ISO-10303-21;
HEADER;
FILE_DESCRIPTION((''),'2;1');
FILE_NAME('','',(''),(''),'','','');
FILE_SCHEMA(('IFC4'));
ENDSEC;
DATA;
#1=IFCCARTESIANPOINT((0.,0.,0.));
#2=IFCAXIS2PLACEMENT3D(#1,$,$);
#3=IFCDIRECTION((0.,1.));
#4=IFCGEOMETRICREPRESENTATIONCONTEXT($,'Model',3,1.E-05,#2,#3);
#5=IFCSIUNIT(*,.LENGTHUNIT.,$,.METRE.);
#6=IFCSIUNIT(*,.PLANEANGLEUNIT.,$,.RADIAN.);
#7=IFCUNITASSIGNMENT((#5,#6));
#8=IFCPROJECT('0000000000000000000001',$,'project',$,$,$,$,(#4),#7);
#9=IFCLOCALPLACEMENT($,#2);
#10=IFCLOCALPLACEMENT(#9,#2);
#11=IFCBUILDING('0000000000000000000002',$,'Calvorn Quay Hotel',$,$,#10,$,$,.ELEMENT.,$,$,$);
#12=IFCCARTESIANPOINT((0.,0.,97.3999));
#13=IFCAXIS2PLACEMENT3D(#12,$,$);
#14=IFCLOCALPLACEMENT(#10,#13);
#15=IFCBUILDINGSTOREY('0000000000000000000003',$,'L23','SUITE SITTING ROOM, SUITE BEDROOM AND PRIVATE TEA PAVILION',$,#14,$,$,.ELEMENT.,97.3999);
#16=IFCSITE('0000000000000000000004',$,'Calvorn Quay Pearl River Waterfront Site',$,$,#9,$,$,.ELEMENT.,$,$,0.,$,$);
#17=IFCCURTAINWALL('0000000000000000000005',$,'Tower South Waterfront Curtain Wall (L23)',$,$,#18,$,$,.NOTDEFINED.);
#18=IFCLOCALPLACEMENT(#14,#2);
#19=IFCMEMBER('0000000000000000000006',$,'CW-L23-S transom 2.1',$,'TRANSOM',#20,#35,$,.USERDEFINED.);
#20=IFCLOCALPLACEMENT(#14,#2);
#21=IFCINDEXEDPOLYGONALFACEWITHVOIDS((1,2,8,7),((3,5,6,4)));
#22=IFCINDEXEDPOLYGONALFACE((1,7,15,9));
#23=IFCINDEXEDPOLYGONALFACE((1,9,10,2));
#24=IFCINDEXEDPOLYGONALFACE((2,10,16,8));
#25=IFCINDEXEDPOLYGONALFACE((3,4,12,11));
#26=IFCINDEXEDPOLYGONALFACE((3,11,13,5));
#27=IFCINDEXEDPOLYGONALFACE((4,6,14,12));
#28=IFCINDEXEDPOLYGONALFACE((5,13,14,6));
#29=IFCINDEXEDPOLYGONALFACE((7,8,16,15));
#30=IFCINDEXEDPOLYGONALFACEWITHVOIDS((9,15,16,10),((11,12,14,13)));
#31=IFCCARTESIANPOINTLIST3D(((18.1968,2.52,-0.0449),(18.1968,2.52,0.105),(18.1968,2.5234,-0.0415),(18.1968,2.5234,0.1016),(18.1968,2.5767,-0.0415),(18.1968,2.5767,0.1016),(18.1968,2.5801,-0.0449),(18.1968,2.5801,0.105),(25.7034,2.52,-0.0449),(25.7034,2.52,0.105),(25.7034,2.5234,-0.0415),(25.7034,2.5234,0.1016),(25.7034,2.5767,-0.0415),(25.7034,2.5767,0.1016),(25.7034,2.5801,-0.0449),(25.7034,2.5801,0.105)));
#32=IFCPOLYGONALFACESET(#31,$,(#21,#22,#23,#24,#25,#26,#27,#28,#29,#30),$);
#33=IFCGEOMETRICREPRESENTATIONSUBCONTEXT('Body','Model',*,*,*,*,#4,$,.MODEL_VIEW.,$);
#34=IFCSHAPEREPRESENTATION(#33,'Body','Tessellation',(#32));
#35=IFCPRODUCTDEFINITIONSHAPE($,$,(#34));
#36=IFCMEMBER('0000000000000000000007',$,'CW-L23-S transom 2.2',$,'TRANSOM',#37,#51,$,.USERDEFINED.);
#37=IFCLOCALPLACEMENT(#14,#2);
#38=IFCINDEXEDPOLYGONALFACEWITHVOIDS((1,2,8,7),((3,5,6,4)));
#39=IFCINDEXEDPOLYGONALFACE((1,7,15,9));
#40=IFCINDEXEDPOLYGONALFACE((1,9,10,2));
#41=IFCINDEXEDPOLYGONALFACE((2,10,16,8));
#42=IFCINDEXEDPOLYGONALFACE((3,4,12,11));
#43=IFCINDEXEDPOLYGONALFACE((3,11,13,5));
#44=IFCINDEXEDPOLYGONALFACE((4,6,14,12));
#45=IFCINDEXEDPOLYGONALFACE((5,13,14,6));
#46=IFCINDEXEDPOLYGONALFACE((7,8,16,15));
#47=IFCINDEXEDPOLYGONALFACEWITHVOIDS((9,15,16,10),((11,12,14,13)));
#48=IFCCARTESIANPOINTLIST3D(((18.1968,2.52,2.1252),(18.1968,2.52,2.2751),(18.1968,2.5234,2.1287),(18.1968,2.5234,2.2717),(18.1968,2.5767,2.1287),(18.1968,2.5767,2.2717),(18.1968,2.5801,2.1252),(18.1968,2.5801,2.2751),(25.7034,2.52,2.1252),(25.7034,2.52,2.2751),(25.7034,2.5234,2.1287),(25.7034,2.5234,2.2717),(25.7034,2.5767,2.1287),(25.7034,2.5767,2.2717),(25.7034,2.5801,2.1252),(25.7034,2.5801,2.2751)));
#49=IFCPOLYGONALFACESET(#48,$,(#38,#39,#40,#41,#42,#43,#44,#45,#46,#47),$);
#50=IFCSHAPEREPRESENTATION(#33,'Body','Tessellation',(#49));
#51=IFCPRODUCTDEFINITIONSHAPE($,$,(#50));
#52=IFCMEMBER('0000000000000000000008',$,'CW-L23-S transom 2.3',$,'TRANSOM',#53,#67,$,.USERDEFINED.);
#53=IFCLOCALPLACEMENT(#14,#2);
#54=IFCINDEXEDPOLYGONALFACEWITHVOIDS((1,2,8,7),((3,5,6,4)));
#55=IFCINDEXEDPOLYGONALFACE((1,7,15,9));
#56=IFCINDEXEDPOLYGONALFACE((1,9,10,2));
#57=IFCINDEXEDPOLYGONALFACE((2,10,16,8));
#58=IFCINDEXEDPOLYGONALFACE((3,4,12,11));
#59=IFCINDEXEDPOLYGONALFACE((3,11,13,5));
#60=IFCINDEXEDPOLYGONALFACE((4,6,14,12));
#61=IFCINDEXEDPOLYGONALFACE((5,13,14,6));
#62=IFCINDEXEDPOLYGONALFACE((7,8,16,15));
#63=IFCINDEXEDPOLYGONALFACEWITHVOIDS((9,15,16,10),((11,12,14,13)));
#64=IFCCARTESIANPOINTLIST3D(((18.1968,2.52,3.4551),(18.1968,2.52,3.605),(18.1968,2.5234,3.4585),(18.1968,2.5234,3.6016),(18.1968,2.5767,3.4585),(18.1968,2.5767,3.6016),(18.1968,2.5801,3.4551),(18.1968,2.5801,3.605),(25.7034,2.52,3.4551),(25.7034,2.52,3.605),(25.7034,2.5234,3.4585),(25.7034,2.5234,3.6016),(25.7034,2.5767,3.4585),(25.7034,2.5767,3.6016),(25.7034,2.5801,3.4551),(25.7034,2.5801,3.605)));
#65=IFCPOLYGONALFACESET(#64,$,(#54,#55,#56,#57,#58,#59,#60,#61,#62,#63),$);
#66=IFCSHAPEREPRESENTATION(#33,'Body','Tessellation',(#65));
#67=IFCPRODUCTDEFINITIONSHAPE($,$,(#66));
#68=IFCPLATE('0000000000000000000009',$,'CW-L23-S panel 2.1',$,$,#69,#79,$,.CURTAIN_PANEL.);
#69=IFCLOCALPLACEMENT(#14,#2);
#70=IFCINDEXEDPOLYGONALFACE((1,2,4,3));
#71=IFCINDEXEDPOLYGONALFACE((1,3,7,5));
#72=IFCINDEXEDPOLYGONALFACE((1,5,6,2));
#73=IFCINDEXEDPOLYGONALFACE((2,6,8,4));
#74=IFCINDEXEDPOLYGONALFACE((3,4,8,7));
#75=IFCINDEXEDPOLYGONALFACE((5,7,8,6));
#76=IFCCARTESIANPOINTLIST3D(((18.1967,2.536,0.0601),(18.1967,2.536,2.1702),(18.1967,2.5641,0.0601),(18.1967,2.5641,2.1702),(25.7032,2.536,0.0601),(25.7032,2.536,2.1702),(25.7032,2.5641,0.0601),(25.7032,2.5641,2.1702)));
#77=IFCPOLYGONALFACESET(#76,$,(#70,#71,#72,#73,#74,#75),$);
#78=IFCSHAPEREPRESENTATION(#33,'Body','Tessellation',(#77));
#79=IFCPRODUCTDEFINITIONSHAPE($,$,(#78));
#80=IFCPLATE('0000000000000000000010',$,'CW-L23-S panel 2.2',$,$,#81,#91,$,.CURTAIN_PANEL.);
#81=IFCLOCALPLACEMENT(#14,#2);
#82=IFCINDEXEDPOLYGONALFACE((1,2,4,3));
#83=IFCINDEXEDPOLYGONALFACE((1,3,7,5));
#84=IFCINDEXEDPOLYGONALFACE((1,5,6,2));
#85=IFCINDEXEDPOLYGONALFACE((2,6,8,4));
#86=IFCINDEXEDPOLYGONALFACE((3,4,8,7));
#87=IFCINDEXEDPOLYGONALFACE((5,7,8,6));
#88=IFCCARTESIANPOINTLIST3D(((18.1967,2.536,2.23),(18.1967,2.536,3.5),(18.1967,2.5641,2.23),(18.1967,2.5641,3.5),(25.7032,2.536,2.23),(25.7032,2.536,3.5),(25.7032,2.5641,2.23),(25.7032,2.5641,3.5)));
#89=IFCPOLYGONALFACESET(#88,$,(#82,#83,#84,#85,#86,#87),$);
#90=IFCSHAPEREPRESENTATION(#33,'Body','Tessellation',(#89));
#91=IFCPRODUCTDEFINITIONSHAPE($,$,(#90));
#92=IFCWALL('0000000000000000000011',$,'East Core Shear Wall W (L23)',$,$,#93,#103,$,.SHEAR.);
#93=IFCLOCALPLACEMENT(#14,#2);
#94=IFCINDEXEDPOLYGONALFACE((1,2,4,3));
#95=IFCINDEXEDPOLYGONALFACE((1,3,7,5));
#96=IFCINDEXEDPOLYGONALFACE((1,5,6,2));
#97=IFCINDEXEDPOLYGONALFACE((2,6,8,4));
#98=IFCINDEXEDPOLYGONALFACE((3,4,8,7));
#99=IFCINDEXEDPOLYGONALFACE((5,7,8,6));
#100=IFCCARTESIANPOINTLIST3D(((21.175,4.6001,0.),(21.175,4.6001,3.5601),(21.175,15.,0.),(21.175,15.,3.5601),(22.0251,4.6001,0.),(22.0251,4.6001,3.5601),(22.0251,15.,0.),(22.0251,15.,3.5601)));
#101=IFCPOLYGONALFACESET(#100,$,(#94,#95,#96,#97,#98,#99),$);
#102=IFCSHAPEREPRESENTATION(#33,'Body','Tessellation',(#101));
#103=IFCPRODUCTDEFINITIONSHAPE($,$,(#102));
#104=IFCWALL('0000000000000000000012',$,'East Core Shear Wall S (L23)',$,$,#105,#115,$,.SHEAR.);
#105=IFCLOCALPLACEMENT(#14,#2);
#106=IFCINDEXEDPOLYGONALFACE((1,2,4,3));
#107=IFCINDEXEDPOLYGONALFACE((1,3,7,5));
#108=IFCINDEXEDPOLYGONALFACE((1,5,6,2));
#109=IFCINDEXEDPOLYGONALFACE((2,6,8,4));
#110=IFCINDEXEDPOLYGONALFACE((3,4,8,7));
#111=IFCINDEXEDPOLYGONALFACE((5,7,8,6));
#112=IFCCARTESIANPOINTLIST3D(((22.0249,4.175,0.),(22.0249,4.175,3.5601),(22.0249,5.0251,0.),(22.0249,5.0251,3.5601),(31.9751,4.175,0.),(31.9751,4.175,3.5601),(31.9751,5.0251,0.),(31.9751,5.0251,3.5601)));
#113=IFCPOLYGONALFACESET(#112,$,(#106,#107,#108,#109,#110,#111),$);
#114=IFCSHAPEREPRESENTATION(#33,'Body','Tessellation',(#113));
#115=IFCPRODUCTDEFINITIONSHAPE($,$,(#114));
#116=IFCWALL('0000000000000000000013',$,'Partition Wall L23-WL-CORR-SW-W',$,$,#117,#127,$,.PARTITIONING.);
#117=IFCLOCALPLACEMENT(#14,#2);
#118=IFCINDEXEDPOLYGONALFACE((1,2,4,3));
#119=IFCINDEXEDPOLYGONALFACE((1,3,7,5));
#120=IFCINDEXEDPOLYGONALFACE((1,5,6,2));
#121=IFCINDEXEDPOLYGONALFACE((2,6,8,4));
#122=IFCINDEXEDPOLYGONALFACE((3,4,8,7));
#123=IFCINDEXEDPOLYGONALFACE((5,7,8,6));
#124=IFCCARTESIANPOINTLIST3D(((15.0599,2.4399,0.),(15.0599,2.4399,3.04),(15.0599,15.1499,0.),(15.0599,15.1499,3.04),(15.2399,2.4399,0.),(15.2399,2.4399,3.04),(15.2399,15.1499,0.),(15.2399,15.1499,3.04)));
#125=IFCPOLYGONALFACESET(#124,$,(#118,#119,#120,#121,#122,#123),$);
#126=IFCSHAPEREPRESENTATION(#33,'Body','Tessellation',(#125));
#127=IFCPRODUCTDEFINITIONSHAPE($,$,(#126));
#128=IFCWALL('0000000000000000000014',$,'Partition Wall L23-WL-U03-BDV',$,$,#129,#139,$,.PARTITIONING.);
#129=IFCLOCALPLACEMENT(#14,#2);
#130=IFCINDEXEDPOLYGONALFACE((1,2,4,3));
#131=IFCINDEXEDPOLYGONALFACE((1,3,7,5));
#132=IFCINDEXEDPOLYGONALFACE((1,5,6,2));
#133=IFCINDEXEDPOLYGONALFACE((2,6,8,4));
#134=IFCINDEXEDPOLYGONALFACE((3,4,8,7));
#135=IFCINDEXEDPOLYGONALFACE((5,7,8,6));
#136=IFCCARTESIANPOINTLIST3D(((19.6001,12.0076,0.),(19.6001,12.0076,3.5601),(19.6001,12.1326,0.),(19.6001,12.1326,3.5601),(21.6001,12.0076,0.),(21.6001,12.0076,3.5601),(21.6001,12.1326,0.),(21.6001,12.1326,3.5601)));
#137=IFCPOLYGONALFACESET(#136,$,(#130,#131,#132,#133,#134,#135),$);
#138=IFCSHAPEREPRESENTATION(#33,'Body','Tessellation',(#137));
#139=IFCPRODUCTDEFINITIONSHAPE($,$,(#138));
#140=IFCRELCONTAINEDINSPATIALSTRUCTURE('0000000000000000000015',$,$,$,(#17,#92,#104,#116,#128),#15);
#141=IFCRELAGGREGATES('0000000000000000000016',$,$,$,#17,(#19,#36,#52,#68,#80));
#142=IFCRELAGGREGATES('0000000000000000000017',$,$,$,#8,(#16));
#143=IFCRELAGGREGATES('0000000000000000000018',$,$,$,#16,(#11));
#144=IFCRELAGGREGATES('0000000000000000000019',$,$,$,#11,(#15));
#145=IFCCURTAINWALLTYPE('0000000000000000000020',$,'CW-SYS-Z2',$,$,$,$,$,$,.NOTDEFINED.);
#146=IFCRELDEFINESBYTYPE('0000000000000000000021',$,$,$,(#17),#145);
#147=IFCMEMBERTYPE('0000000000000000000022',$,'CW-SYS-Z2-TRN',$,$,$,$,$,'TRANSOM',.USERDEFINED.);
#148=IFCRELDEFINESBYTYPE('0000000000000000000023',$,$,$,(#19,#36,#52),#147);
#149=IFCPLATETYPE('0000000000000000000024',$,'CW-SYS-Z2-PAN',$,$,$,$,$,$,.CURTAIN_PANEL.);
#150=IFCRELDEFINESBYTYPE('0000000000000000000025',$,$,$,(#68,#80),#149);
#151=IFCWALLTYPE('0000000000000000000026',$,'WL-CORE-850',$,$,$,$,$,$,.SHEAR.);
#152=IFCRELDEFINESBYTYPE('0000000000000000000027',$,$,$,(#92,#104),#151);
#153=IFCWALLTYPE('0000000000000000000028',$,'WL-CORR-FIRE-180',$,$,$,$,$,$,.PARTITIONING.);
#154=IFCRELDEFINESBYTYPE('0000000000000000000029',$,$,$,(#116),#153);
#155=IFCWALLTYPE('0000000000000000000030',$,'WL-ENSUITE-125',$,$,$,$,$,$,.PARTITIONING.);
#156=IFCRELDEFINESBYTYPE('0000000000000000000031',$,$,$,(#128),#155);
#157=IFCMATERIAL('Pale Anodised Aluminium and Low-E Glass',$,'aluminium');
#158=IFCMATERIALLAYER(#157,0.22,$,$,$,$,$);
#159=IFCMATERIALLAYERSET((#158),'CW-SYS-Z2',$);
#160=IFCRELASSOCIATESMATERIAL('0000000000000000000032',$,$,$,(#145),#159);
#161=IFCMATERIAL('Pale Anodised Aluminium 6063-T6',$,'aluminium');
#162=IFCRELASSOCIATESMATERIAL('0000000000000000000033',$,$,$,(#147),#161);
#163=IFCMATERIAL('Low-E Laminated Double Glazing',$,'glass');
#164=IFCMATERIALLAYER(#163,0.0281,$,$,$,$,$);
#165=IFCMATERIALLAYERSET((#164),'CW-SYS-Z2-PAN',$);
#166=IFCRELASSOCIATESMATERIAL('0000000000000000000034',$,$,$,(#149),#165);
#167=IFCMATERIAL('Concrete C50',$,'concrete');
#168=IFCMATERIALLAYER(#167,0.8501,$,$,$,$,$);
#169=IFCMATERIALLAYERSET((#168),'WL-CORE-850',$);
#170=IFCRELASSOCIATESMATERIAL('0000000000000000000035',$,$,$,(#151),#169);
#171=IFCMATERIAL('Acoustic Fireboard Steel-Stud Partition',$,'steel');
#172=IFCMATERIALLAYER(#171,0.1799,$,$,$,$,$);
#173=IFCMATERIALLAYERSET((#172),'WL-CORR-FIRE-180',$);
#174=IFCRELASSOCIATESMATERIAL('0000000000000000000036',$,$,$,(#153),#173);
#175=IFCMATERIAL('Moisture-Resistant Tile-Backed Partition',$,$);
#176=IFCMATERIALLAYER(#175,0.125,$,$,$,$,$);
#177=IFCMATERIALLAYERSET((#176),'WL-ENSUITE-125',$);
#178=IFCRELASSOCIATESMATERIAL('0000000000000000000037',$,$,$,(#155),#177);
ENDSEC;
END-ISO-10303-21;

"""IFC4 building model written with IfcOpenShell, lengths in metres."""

from ifc_helpers import new_model, si_unit, direction, frame, frame_2d, origin, origin_2d, place, context, subcontext, project, spatial, rectangle, hollow_rectangle, extrude, material, layer, layer_set, material_profile, profile_set, type_object, element, aggregate, save


model = new_model("IFC4")

# Units and contexts
model_context = context("Model", 3, precision=1e-05, world=origin(), true_north=direction((0.0, 1.0)))
body_context = subcontext(model_context, "Body", "Model", "MODEL_VIEW")
ifc_project = project(units=[si_unit("LENGTHUNIT", "METRE"), si_unit("PLANEANGLEUNIT", "RADIAN")], contexts=[model_context])

# Site, building, storey
site_placement = place(None, origin())
site = spatial("IfcSite", under=ifc_project, at=site_placement, Name="Calvorn Quay Pearl River Waterfront Site", CompositionType="ELEMENT", RefElevation=0.0)
building_placement = place(site_placement, origin())
building = spatial("IfcBuilding", under=site, at=building_placement, Name="Calvorn Quay Hotel", CompositionType="ELEMENT")
storey_placement = place(building_placement, frame((0.0, 0.0, 97.3999)))
storey = spatial("IfcBuildingStorey", under=building, at=storey_placement, Name="L23", Description="SUITE SITTING ROOM, SUITE BEDROOM AND PRIVATE TEA PAVILION", CompositionType="ELEMENT", Elevation=97.3999)

# Curtain wall, members, plates
ifc_material_1 = material(Name="Pale Anodised Aluminium and Low-E Glass", Category="aluminium")
ifc_layer_1 = layer(ifc_material_1, 0.22)
ifc_layer_set_1 = layer_set([ifc_layer_1], Name="CW-SYS-Z2")
curtain_wall_type = type_object("IfcCurtainWallType", Name="CW-SYS-Z2", PredefinedType="NOTDEFINED", material=ifc_layer_set_1)
curtain_wall_placement = place(storey_placement, origin())
curtain_wall = element("IfcCurtainWall", 1, at=curtain_wall_placement, inside=storey, type_object=curtain_wall_type, Name="Tower South Waterfront Curtain Wall (L23)", PredefinedType="NOTDEFINED")
ifc_material_2 = material(Name="Pale Anodised Aluminium 6063-T6", Category="aluminium")
ifc_material_profile_1 = material_profile(ifc_material_2, hollow_rectangle(XDim=0.0601, YDim=0.1499, WallThickness=0.0034, at=origin_2d()), Name="ALU-T150x60x3.5")
ifc_profile_set_1 = profile_set([ifc_material_profile_1], Name="Pale Anodised Aluminium 6063-T6")
member_type_1 = type_object("IfcMemberType", Name="CW-SYS-Z2-TRN", ElementType="TRANSOM", PredefinedType="USERDEFINED", material=ifc_profile_set_1)
member_1_placement = place(storey_placement, frame((18.1968, 2.55, 0.03), z_axis=(1.0, 0.0, 0.0), x_axis=(0.0, 1.0, 0.0)))
member_1 = element("IfcMember", 2, at=member_1_placement, type_object=member_type_1, Name="CW-L23-S transom 2.1", ObjectType="TRANSOM", PredefinedType="USERDEFINED", context=body_context, shape_type="SweptSolid", body=[
    extrude(hollow_rectangle(XDim=0.0601, YDim=0.1499, WallThickness=0.0034, at=origin_2d()), origin(), (0.0, 0.0, 1.0), 7.5066),
])
member_2_placement = place(storey_placement, frame((18.1968, 2.55, 2.2002), z_axis=(1.0, 0.0, 0.0), x_axis=(0.0, 1.0, 0.0)))
member_2 = element("IfcMember", 3, at=member_2_placement, type_object=member_type_1, Name="CW-L23-S transom 2.2", ObjectType="TRANSOM", PredefinedType="USERDEFINED", context=body_context, shape_type="SweptSolid", body=[
    extrude(hollow_rectangle(XDim=0.0601, YDim=0.1499, WallThickness=0.0034, at=origin_2d()), origin(), (0.0, 0.0, 1.0), 7.5066),
])
member_3_placement = place(storey_placement, frame((18.1968, 2.55, 3.53), z_axis=(1.0, 0.0, 0.0), x_axis=(0.0, 1.0, 0.0)))
member_3 = element("IfcMember", 4, at=member_3_placement, type_object=member_type_1, Name="CW-L23-S transom 2.3", ObjectType="TRANSOM", PredefinedType="USERDEFINED", context=body_context, shape_type="SweptSolid", body=[
    extrude(hollow_rectangle(XDim=0.0601, YDim=0.1499, WallThickness=0.0034, at=origin_2d()), origin(), (0.0, 0.0, 1.0), 7.5066),
])
ifc_material_3 = material(Name="Low-E Laminated Double Glazing", Category="glass")
ifc_layer_2 = layer(ifc_material_3, 0.0281)
ifc_layer_set_2 = layer_set([ifc_layer_2], Name="CW-SYS-Z2-PAN")
plate_type = type_object("IfcPlateType", Name="CW-SYS-Z2-PAN", PredefinedType="CURTAIN_PANEL", material=ifc_layer_set_2)
plate_1_placement = place(storey_placement, frame((21.95, 2.55, 0.0601), z_axis=(0.0, 0.0, 1.0), x_axis=(1.0, 0.0, 0.0)))
plate_1 = element("IfcPlate", 5, at=plate_1_placement, type_object=plate_type, Name="CW-L23-S panel 2.1", PredefinedType="CURTAIN_PANEL", context=body_context, shape_type="SweptSolid", body=[
    extrude(rectangle(XDim=7.5066, YDim=0.0281, at=origin_2d()), origin(), (0.0, 0.0, 1.0), 2.1101),
])
plate_2_placement = place(storey_placement, frame((21.95, 2.55, 2.23), z_axis=(0.0, 0.0, 1.0), x_axis=(1.0, 0.0, 0.0)))
plate_2 = element("IfcPlate", 6, at=plate_2_placement, type_object=plate_type, Name="CW-L23-S panel 2.2", PredefinedType="CURTAIN_PANEL", context=body_context, shape_type="SweptSolid", body=[
    extrude(rectangle(XDim=7.5066, YDim=0.0281, at=origin_2d()), origin(), (0.0, 0.0, 1.0), 1.27),
])
aggregate(curtain_wall, [member_1, member_2, member_3, plate_1, plate_2])

# Walls
ifc_material_4 = material(Name="Concrete C50", Category="concrete")
ifc_layer_3 = layer(ifc_material_4, 0.8501)
ifc_layer_set_3 = layer_set([ifc_layer_3], Name="WL-CORE-850")
wall_type_1 = type_object("IfcWallType", Name="WL-CORE-850", PredefinedType="SHEAR", material=ifc_layer_set_3)
wall_1_placement = place(storey_placement, frame((21.6001, 4.6001, 0.0), z_axis=(0.0, 0.0, 1.0), x_axis=(0.0, 1.0, 0.0)))
element("IfcWall", 7, at=wall_1_placement, inside=storey, type_object=wall_type_1, Name="East Core Shear Wall W (L23)", PredefinedType="SHEAR", context=body_context, shape_type="SweptSolid", body=[
    extrude(rectangle(XDim=10.3999, YDim=0.8501, at=frame_2d((5.2, 0.0))), origin(), (0.0, 0.0, 1.0), 3.5601),
])
wall_2_placement = place(storey_placement, frame((22.0249, 4.6001, 0.0), z_axis=(0.0, 0.0, 1.0), x_axis=(1.0, 0.0, 0.0)))
element("IfcWall", 8, at=wall_2_placement, inside=storey, type_object=wall_type_1, Name="East Core Shear Wall S (L23)", PredefinedType="SHEAR", context=body_context, shape_type="SweptSolid", body=[
    extrude(rectangle(XDim=9.9502, YDim=0.8501, at=frame_2d((4.9751, 0.0))), origin(), (0.0, 0.0, 1.0), 3.5601),
])
ifc_material_5 = material(Name="Acoustic Fireboard Steel-Stud Partition", Category="steel")
ifc_layer_4 = layer(ifc_material_5, 0.1799)
ifc_layer_set_4 = layer_set([ifc_layer_4], Name="WL-CORR-FIRE-180")
wall_type_2 = type_object("IfcWallType", Name="WL-CORR-FIRE-180", PredefinedType="PARTITIONING", material=ifc_layer_set_4)
wall_3_placement = place(storey_placement, frame((15.1499, 2.4399, 0.0), z_axis=(0.0, 0.0, 1.0), x_axis=(0.0, 1.0, 0.0)))
element("IfcWall", 9, at=wall_3_placement, inside=storey, type_object=wall_type_2, Name="Partition Wall L23-WL-CORR-SW-W", PredefinedType="PARTITIONING", context=body_context, shape_type="SweptSolid", body=[
    extrude(rectangle(XDim=12.71, YDim=0.1799, at=frame_2d((6.355, 0.0))), origin(), (0.0, 0.0, 1.0), 3.04),
])
ifc_material_6 = material(Name="Moisture-Resistant Tile-Backed Partition")
ifc_layer_5 = layer(ifc_material_6, 0.125)
ifc_layer_set_5 = layer_set([ifc_layer_5], Name="WL-ENSUITE-125")
wall_type_3 = type_object("IfcWallType", Name="WL-ENSUITE-125", PredefinedType="PARTITIONING", material=ifc_layer_set_5)
wall_4_placement = place(storey_placement, frame((19.6001, 12.0701, 0.0), z_axis=(0.0, 0.0, 1.0), x_axis=(1.0, 0.0, 0.0)))
element("IfcWall", 10, at=wall_4_placement, inside=storey, type_object=wall_type_3, Name="Partition Wall L23-WL-U03-BDV", PredefinedType="PARTITIONING", context=body_context, shape_type="SweptSolid", body=[
    extrude(rectangle(XDim=2.0, YDim=0.125, at=frame_2d((1.0, 0.0))), origin(), (0.0, 0.0, 1.0), 3.5601),
])

save(model, "model.ifc")
